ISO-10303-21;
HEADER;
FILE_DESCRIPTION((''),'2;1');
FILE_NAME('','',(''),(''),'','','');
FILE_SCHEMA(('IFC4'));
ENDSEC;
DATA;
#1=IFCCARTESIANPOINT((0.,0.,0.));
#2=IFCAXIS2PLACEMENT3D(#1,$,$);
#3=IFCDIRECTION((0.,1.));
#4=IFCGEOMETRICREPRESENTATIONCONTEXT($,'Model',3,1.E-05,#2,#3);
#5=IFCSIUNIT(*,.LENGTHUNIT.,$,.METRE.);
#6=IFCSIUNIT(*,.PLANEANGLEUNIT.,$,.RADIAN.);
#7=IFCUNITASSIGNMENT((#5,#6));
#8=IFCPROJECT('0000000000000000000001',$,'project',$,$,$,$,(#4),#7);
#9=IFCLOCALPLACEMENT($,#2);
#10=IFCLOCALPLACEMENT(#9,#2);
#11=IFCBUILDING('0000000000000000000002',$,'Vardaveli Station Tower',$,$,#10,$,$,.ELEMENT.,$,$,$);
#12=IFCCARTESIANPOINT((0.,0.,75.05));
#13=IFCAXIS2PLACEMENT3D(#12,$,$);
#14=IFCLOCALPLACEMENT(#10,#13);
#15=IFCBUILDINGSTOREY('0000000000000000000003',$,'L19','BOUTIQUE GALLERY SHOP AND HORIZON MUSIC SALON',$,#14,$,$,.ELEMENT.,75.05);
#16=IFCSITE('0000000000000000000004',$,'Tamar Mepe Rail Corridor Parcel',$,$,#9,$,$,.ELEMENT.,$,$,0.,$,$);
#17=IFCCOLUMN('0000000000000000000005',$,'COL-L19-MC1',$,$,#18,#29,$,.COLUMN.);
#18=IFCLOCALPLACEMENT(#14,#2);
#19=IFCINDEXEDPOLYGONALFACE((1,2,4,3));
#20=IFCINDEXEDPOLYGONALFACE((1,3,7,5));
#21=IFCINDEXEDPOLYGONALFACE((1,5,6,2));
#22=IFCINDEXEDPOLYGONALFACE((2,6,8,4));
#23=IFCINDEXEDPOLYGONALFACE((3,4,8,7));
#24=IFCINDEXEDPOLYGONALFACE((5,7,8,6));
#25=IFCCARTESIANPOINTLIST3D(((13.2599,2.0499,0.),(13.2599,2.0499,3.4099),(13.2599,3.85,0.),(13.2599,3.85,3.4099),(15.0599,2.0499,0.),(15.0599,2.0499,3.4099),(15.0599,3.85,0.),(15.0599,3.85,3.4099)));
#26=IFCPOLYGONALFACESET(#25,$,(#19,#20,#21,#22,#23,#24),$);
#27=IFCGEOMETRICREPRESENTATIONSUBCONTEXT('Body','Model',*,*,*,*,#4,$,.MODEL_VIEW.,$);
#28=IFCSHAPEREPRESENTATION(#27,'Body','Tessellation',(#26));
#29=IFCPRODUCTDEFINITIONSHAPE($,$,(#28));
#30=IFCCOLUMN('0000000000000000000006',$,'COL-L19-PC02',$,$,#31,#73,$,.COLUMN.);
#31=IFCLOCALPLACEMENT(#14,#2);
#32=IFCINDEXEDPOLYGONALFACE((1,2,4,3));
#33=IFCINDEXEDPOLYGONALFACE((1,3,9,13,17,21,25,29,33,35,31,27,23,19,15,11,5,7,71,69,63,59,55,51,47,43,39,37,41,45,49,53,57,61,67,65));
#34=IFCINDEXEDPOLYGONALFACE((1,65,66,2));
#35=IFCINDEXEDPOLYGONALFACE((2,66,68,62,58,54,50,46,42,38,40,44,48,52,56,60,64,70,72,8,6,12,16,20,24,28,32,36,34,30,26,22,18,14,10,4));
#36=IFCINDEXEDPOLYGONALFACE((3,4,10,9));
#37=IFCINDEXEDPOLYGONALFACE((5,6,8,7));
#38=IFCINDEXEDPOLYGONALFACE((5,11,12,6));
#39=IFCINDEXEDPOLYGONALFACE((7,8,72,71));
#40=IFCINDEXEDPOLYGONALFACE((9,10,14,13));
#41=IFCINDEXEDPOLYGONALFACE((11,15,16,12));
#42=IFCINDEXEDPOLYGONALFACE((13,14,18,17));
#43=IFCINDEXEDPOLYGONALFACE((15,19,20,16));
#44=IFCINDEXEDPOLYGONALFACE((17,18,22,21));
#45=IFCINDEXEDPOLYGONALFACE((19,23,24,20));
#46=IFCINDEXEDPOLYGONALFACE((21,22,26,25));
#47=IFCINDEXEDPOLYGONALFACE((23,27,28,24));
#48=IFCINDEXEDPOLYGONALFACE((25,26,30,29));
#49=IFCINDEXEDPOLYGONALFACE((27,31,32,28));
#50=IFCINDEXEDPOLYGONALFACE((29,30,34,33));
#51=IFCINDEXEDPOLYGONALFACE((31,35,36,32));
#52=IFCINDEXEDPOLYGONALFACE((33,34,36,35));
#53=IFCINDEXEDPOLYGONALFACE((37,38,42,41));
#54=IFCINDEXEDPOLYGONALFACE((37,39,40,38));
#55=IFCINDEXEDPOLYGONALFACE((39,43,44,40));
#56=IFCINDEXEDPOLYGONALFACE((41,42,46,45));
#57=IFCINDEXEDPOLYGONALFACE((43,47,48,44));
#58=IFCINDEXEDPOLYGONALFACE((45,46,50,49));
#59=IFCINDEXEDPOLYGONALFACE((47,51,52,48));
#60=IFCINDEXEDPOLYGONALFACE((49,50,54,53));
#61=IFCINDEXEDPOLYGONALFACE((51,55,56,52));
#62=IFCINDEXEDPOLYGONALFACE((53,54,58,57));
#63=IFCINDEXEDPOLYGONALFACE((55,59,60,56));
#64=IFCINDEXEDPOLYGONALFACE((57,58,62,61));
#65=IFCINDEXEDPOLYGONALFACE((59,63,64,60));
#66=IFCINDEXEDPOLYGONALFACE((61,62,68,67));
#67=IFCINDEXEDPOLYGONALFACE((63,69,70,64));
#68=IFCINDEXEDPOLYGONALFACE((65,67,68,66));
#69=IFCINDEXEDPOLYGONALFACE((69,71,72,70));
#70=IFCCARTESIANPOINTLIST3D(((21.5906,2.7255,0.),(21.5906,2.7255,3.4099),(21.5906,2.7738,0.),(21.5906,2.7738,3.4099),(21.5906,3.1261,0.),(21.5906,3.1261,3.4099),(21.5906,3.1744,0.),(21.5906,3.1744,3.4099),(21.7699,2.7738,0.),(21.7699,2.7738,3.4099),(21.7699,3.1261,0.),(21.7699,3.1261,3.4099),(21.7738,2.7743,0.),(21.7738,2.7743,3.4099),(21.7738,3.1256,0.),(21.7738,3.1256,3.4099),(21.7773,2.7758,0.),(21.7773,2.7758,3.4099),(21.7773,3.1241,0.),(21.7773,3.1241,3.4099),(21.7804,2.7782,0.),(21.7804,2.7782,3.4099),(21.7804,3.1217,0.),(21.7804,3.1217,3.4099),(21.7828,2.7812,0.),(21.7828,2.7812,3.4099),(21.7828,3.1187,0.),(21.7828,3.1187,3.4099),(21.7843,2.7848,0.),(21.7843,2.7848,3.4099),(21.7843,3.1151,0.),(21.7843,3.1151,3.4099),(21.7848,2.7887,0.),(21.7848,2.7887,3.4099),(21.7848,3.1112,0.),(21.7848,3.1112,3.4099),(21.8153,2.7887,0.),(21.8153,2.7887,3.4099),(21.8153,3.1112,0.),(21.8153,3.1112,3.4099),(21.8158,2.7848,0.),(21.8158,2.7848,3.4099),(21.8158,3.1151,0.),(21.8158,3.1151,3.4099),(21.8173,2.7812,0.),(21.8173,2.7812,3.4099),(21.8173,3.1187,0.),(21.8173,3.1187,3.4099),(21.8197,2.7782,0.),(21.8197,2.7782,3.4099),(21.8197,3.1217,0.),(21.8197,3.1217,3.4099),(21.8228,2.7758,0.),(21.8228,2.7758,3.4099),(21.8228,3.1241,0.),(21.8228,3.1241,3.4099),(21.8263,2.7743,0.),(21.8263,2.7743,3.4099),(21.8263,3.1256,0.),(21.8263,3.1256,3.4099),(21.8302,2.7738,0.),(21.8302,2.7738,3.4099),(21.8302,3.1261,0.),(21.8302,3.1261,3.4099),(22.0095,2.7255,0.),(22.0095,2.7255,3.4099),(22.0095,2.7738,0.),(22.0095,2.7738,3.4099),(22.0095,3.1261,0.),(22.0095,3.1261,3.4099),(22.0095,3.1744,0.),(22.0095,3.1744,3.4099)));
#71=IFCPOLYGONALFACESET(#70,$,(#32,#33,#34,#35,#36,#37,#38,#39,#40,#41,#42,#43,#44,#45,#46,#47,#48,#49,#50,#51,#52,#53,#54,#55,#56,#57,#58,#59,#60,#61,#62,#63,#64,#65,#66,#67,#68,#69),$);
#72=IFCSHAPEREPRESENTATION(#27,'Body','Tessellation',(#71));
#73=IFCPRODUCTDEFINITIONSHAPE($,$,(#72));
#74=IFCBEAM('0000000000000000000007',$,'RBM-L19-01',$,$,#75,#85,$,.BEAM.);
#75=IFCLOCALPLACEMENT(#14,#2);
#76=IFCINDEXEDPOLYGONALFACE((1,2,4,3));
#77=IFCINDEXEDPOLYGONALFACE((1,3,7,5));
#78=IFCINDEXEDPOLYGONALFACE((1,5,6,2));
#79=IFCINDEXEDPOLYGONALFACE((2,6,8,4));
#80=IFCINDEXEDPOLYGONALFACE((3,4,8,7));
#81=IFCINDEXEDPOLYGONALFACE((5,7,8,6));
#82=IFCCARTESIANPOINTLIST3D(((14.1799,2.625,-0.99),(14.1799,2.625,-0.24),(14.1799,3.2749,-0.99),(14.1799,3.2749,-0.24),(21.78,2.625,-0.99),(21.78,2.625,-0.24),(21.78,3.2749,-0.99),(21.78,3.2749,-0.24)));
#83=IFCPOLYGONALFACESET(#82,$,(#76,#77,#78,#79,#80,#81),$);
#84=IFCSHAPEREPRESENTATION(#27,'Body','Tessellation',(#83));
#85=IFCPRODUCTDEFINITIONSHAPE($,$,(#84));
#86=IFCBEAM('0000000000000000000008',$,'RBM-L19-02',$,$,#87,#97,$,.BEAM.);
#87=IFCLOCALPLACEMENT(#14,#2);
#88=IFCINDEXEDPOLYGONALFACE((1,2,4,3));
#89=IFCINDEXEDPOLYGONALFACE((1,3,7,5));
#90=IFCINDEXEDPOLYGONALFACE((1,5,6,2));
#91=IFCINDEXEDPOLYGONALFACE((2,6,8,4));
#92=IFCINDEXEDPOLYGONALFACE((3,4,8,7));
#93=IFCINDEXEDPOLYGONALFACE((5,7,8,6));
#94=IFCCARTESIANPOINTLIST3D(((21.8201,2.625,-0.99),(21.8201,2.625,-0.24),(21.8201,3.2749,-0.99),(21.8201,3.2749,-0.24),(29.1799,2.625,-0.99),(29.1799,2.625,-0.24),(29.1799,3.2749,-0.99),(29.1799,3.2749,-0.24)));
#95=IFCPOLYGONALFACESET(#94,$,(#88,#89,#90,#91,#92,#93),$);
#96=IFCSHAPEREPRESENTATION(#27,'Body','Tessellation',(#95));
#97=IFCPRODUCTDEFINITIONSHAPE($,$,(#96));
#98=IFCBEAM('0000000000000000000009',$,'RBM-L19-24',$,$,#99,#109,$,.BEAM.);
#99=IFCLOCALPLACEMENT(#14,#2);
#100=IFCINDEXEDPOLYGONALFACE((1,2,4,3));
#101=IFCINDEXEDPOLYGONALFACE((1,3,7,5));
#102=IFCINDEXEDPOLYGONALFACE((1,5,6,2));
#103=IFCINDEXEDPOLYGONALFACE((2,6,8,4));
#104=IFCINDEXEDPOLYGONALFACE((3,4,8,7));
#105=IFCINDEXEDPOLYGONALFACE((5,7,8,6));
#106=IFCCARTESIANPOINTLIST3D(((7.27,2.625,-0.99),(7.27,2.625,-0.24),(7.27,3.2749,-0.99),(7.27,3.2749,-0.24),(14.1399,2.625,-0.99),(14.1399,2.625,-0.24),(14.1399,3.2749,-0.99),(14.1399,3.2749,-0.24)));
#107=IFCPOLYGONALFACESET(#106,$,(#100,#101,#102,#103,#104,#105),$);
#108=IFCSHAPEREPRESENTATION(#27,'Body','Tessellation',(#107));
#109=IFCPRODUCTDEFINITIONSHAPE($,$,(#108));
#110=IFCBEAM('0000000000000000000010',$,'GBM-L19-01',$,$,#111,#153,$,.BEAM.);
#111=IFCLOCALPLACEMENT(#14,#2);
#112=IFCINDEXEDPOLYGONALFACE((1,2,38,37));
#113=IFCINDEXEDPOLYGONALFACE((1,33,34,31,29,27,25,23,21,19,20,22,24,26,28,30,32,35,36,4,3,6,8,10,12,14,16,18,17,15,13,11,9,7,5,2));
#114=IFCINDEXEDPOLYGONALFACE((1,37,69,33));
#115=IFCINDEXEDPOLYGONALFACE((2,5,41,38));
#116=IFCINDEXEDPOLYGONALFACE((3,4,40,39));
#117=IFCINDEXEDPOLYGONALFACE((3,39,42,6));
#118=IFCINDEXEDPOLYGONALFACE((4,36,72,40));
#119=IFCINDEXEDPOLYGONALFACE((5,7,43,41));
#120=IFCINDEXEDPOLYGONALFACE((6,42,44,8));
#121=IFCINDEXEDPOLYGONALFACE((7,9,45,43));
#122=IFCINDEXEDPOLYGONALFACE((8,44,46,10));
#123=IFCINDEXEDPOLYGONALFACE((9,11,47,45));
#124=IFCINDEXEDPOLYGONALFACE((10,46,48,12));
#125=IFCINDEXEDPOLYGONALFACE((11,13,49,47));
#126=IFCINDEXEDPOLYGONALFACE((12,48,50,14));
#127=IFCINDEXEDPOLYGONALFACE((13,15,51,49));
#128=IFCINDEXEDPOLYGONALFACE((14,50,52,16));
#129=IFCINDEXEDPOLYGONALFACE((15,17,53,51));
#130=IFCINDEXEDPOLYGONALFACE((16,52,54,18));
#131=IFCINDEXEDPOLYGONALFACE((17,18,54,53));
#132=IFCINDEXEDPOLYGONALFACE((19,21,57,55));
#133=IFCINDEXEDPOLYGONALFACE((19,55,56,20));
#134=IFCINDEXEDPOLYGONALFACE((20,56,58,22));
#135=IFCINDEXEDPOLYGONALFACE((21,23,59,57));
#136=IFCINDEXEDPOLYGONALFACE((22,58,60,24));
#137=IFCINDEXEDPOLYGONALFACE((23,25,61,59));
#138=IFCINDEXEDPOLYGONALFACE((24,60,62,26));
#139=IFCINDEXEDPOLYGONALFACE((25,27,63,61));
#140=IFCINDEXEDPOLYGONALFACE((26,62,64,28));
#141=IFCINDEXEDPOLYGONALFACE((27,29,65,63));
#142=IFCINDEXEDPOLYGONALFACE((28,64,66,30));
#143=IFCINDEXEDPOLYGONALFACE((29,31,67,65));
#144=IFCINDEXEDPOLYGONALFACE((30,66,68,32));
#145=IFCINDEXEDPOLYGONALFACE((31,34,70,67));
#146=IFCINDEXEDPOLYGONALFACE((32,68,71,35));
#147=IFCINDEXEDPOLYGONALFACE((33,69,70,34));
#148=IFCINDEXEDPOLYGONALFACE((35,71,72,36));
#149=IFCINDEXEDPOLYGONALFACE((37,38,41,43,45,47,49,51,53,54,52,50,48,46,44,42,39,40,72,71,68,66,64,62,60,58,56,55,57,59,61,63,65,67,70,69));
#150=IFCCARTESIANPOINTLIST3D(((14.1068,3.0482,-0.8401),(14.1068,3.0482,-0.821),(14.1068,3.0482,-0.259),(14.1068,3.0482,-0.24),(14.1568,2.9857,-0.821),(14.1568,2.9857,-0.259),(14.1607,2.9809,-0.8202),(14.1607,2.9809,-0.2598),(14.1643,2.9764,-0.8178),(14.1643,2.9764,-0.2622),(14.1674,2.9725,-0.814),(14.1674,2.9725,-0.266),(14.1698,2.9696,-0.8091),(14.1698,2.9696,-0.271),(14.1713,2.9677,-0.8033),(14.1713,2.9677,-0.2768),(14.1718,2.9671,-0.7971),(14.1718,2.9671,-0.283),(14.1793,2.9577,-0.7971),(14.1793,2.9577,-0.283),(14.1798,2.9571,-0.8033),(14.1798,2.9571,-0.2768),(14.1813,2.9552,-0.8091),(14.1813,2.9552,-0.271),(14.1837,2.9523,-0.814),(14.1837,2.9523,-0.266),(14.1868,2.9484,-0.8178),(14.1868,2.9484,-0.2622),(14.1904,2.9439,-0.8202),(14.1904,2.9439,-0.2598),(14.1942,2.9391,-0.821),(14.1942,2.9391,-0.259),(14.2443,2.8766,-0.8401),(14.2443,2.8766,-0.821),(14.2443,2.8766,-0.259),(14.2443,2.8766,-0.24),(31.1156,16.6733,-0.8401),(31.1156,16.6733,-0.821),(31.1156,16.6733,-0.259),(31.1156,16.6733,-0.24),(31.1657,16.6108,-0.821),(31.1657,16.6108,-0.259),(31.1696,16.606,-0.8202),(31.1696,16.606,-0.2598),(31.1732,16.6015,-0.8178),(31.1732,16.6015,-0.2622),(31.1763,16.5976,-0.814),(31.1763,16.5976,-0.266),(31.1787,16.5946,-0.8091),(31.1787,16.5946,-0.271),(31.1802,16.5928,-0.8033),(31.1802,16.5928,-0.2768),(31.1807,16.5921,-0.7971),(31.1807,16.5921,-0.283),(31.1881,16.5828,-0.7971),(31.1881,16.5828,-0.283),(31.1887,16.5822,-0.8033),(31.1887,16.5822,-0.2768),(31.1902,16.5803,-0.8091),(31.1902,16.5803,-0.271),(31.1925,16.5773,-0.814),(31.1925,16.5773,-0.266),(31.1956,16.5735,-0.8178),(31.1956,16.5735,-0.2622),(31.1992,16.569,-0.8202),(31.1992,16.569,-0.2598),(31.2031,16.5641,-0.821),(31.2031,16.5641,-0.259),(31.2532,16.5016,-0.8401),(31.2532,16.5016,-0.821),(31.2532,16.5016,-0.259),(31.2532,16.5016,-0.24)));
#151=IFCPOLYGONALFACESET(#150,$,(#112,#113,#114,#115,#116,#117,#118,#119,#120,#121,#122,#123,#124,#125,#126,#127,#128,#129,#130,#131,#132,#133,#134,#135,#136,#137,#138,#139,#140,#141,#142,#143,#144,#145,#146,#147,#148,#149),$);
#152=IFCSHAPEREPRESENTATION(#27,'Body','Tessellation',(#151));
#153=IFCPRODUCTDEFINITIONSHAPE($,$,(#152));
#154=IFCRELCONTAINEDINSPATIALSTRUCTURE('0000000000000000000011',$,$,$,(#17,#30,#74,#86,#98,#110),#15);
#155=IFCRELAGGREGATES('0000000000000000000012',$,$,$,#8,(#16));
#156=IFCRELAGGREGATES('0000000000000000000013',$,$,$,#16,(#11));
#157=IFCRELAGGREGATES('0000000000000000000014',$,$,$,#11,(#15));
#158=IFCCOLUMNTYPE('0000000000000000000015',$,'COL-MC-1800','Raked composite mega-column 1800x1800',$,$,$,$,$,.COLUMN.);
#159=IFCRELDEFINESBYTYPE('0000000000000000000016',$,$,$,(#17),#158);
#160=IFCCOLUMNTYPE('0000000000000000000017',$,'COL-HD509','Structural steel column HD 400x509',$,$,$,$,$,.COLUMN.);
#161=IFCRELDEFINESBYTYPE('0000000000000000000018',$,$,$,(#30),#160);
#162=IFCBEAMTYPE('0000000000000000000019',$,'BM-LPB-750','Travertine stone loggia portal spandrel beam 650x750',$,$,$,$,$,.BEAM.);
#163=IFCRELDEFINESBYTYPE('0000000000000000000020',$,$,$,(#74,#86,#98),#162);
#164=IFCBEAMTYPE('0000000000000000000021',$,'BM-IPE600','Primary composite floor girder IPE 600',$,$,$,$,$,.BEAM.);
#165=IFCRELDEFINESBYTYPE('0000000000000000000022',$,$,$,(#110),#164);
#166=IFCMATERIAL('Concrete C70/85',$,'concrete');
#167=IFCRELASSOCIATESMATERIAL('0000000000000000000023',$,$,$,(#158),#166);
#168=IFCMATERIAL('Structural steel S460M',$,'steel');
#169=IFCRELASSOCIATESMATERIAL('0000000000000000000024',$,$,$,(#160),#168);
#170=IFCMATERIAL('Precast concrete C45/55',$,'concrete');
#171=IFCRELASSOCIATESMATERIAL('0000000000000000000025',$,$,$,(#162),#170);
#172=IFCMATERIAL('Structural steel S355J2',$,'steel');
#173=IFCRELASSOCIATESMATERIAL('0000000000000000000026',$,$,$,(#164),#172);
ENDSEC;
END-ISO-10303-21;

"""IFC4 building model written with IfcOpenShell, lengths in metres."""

from ifc_helpers import new_model, si_unit, direction, frame, origin, origin_2d, place, context, subcontext, project, spatial, rectangle, i_section, extrude, source, transform, mapped, material, material_profile, profile_set, type_object, element, save


model = new_model("IFC4")

# Units and contexts
model_context = context("Model", 3, precision=1e-05, world=origin(), true_north=direction((0.0, 1.0)))
body_context = subcontext(model_context, "Body", "Model", "MODEL_VIEW")
ifc_project = project(units=[si_unit("LENGTHUNIT", "METRE"), si_unit("PLANEANGLEUNIT", "RADIAN")], contexts=[model_context])

# Site, building, storey
site_placement = place(None, origin())
site = spatial("IfcSite", under=ifc_project, at=site_placement, Name="Tamar Mepe Rail Corridor Parcel", CompositionType="ELEMENT", RefElevation=0.0)
building_placement = place(site_placement, origin())
building = spatial("IfcBuilding", under=site, at=building_placement, Name="Vardaveli Station Tower", CompositionType="ELEMENT")
storey_placement = place(building_placement, frame((0.0, 0.0, 75.05)))
storey = spatial("IfcBuildingStorey", under=building, at=storey_placement, Name="L19", Description="BOUTIQUE GALLERY SHOP AND HORIZON MUSIC SALON", CompositionType="ELEMENT", Elevation=75.05)

# Columns
ifc_material_1 = material(Name="Concrete C70/85", Category="concrete")
ifc_material_profile_1 = material_profile(ifc_material_1, rectangle(XDim=1.8, YDim=1.8, at=origin_2d()), Name="MC 1800x1800")
ifc_profile_set_1 = profile_set([ifc_material_profile_1], Name="Concrete C70/85")
column_type_1 = type_object("IfcColumnType", Name="COL-MC-1800", Description="Raked composite mega-column 1800x1800", PredefinedType="COLUMN", material=ifc_profile_set_1)
shared_shape_1 = source(origin(), body_context, "Body", "SweptSolid", [
    extrude(rectangle(XDim=1.8, YDim=1.8, at=origin_2d()), origin(), (0.0, 0.0, 1.0), 3.4099),
])
column_1_placement = place(storey_placement, frame((14.1599, 2.95, 0.0), z_axis=(0.0, 0.0, 1.0), x_axis=(1.0, 0.0, 0.0)))
element("IfcColumn", 1, at=column_1_placement, inside=storey, type_object=column_type_1, Name="COL-L19-MC1", PredefinedType="COLUMN", context=body_context, shape_type="MappedRepresentation", body=[
    mapped(shared_shape_1, transform((0.0, 0.0, 0.0), scale=1.0)),
])
ifc_material_2 = material(Name="Structural steel S460M", Category="steel")
ifc_material_profile_2 = material_profile(ifc_material_2, i_section(OverallWidth=0.4189, OverallDepth=0.449, WebThickness=0.0305, FlangeThickness=0.0483, FilletRadius=0.0149, at=origin_2d()), Name="HD 400x509")
ifc_profile_set_2 = profile_set([ifc_material_profile_2], Name="Structural steel S460M")
column_type_2 = type_object("IfcColumnType", Name="COL-HD509", Description="Structural steel column HD 400x509", PredefinedType="COLUMN", material=ifc_profile_set_2)
shared_shape_2 = source(origin(), body_context, "Body", "SweptSolid", [
    extrude(i_section(OverallWidth=0.4189, OverallDepth=0.449, WebThickness=0.0305, FlangeThickness=0.0483, FilletRadius=0.0149, at=origin_2d()), origin(), (0.0, 0.0, 1.0), 3.4099),
])
column_2_placement = place(storey_placement, frame((21.8, 2.95, 0.0), z_axis=(0.0, 0.0, 1.0), x_axis=(1.0, 0.0, 0.0)))
element("IfcColumn", 2, at=column_2_placement, inside=storey, type_object=column_type_2, Name="COL-L19-PC02", PredefinedType="COLUMN", context=body_context, shape_type="MappedRepresentation", body=[
    mapped(shared_shape_2, transform((0.0, 0.0, 0.0), scale=1.0)),
])

# Beams
ifc_material_3 = material(Name="Precast concrete C45/55", Category="concrete")
ifc_material_profile_3 = material_profile(ifc_material_3, rectangle(XDim=0.6499, YDim=0.75, at=origin_2d()), Name="LPB 650x750")
ifc_profile_set_3 = profile_set([ifc_material_profile_3], Name="Precast concrete C45/55")
beam_type_1 = type_object("IfcBeamType", Name="BM-LPB-750", Description="Travertine stone loggia portal spandrel beam 650x750", PredefinedType="BEAM", material=ifc_profile_set_3)
shared_shape_3 = source(origin(), body_context, "Body", "SweptSolid", [
    extrude(rectangle(XDim=0.6499, YDim=0.75, at=origin_2d()), origin(), (0.0, 0.0, 1.0), 7.6001),
])
beam_1_placement = place(storey_placement, frame((14.1799, 2.95, -0.615), z_axis=(1.0, 0.0, 0.0), x_axis=(0.0, 1.0, 0.0)))
element("IfcBeam", 3, at=beam_1_placement, inside=storey, type_object=beam_type_1, Name="RBM-L19-01", PredefinedType="BEAM", context=body_context, shape_type="MappedRepresentation", body=[
    mapped(shared_shape_3, transform((0.0, 0.0, 0.0), scale=1.0)),
])
shared_shape_4 = source(origin(), body_context, "Body", "SweptSolid", [
    extrude(rectangle(XDim=0.6499, YDim=0.75, at=origin_2d()), origin(), (0.0, 0.0, 1.0), 7.3599),
])
beam_2_placement = place(storey_placement, frame((21.8201, 2.95, -0.615), z_axis=(1.0, 0.0, 0.0), x_axis=(0.0, 1.0, 0.0)))
element("IfcBeam", 4, at=beam_2_placement, inside=storey, type_object=beam_type_1, Name="RBM-L19-02", PredefinedType="BEAM", context=body_context, shape_type="MappedRepresentation", body=[
    mapped(shared_shape_4, transform((0.0, 0.0, 0.0), scale=1.0)),
])
shared_shape_5 = source(origin(), body_context, "Body", "SweptSolid", [
    extrude(rectangle(XDim=0.6499, YDim=0.75, at=origin_2d()), origin(), (0.0, 0.0, 1.0), 6.8699),
])
beam_3_placement = place(storey_placement, frame((7.27, 2.95, -0.615), z_axis=(1.0, 0.0, 0.0), x_axis=(0.0, 1.0, 0.0)))
element("IfcBeam", 5, at=beam_3_placement, inside=storey, type_object=beam_type_1, Name="RBM-L19-24", PredefinedType="BEAM", context=body_context, shape_type="MappedRepresentation", body=[
    mapped(shared_shape_5, transform((0.0, 0.0, 0.0), scale=1.0)),
])
ifc_material_4 = material(Name="Structural steel S355J2", Category="steel")
ifc_material_profile_4 = material_profile(ifc_material_4, i_section(OverallWidth=0.22, OverallDepth=0.6001, WebThickness=0.012, FlangeThickness=0.019, FilletRadius=0.0239, at=origin_2d()), Name="IPE 600")
ifc_profile_set_4 = profile_set([ifc_material_profile_4], Name="Structural steel S355J2")
beam_type_2 = type_object("IfcBeamType", Name="BM-IPE600", Description="Primary composite floor girder IPE 600", PredefinedType="BEAM", material=ifc_profile_set_4)
shared_shape_6 = source(origin(), body_context, "Body", "SweptSolid", [
    extrude(i_section(OverallWidth=0.22, OverallDepth=0.6001, WebThickness=0.012, FlangeThickness=0.019, FilletRadius=0.0239, at=origin_2d()), origin(), (0.0, 0.0, 1.0), 21.7932),
])
beam_4_placement = place(storey_placement, frame((14.1755, 2.9624, -0.54), z_axis=(0.780466, 0.625198, 0.0), x_axis=(-0.625198, 0.780466, 0.0)))
element("IfcBeam", 6, at=beam_4_placement, inside=storey, type_object=beam_type_2, Name="GBM-L19-01", PredefinedType="BEAM", context=body_context, shape_type="MappedRepresentation", body=[
    mapped(shared_shape_6, transform((0.0, 0.0, 0.0), scale=1.0)),
])

save(model, "model.ifc")
